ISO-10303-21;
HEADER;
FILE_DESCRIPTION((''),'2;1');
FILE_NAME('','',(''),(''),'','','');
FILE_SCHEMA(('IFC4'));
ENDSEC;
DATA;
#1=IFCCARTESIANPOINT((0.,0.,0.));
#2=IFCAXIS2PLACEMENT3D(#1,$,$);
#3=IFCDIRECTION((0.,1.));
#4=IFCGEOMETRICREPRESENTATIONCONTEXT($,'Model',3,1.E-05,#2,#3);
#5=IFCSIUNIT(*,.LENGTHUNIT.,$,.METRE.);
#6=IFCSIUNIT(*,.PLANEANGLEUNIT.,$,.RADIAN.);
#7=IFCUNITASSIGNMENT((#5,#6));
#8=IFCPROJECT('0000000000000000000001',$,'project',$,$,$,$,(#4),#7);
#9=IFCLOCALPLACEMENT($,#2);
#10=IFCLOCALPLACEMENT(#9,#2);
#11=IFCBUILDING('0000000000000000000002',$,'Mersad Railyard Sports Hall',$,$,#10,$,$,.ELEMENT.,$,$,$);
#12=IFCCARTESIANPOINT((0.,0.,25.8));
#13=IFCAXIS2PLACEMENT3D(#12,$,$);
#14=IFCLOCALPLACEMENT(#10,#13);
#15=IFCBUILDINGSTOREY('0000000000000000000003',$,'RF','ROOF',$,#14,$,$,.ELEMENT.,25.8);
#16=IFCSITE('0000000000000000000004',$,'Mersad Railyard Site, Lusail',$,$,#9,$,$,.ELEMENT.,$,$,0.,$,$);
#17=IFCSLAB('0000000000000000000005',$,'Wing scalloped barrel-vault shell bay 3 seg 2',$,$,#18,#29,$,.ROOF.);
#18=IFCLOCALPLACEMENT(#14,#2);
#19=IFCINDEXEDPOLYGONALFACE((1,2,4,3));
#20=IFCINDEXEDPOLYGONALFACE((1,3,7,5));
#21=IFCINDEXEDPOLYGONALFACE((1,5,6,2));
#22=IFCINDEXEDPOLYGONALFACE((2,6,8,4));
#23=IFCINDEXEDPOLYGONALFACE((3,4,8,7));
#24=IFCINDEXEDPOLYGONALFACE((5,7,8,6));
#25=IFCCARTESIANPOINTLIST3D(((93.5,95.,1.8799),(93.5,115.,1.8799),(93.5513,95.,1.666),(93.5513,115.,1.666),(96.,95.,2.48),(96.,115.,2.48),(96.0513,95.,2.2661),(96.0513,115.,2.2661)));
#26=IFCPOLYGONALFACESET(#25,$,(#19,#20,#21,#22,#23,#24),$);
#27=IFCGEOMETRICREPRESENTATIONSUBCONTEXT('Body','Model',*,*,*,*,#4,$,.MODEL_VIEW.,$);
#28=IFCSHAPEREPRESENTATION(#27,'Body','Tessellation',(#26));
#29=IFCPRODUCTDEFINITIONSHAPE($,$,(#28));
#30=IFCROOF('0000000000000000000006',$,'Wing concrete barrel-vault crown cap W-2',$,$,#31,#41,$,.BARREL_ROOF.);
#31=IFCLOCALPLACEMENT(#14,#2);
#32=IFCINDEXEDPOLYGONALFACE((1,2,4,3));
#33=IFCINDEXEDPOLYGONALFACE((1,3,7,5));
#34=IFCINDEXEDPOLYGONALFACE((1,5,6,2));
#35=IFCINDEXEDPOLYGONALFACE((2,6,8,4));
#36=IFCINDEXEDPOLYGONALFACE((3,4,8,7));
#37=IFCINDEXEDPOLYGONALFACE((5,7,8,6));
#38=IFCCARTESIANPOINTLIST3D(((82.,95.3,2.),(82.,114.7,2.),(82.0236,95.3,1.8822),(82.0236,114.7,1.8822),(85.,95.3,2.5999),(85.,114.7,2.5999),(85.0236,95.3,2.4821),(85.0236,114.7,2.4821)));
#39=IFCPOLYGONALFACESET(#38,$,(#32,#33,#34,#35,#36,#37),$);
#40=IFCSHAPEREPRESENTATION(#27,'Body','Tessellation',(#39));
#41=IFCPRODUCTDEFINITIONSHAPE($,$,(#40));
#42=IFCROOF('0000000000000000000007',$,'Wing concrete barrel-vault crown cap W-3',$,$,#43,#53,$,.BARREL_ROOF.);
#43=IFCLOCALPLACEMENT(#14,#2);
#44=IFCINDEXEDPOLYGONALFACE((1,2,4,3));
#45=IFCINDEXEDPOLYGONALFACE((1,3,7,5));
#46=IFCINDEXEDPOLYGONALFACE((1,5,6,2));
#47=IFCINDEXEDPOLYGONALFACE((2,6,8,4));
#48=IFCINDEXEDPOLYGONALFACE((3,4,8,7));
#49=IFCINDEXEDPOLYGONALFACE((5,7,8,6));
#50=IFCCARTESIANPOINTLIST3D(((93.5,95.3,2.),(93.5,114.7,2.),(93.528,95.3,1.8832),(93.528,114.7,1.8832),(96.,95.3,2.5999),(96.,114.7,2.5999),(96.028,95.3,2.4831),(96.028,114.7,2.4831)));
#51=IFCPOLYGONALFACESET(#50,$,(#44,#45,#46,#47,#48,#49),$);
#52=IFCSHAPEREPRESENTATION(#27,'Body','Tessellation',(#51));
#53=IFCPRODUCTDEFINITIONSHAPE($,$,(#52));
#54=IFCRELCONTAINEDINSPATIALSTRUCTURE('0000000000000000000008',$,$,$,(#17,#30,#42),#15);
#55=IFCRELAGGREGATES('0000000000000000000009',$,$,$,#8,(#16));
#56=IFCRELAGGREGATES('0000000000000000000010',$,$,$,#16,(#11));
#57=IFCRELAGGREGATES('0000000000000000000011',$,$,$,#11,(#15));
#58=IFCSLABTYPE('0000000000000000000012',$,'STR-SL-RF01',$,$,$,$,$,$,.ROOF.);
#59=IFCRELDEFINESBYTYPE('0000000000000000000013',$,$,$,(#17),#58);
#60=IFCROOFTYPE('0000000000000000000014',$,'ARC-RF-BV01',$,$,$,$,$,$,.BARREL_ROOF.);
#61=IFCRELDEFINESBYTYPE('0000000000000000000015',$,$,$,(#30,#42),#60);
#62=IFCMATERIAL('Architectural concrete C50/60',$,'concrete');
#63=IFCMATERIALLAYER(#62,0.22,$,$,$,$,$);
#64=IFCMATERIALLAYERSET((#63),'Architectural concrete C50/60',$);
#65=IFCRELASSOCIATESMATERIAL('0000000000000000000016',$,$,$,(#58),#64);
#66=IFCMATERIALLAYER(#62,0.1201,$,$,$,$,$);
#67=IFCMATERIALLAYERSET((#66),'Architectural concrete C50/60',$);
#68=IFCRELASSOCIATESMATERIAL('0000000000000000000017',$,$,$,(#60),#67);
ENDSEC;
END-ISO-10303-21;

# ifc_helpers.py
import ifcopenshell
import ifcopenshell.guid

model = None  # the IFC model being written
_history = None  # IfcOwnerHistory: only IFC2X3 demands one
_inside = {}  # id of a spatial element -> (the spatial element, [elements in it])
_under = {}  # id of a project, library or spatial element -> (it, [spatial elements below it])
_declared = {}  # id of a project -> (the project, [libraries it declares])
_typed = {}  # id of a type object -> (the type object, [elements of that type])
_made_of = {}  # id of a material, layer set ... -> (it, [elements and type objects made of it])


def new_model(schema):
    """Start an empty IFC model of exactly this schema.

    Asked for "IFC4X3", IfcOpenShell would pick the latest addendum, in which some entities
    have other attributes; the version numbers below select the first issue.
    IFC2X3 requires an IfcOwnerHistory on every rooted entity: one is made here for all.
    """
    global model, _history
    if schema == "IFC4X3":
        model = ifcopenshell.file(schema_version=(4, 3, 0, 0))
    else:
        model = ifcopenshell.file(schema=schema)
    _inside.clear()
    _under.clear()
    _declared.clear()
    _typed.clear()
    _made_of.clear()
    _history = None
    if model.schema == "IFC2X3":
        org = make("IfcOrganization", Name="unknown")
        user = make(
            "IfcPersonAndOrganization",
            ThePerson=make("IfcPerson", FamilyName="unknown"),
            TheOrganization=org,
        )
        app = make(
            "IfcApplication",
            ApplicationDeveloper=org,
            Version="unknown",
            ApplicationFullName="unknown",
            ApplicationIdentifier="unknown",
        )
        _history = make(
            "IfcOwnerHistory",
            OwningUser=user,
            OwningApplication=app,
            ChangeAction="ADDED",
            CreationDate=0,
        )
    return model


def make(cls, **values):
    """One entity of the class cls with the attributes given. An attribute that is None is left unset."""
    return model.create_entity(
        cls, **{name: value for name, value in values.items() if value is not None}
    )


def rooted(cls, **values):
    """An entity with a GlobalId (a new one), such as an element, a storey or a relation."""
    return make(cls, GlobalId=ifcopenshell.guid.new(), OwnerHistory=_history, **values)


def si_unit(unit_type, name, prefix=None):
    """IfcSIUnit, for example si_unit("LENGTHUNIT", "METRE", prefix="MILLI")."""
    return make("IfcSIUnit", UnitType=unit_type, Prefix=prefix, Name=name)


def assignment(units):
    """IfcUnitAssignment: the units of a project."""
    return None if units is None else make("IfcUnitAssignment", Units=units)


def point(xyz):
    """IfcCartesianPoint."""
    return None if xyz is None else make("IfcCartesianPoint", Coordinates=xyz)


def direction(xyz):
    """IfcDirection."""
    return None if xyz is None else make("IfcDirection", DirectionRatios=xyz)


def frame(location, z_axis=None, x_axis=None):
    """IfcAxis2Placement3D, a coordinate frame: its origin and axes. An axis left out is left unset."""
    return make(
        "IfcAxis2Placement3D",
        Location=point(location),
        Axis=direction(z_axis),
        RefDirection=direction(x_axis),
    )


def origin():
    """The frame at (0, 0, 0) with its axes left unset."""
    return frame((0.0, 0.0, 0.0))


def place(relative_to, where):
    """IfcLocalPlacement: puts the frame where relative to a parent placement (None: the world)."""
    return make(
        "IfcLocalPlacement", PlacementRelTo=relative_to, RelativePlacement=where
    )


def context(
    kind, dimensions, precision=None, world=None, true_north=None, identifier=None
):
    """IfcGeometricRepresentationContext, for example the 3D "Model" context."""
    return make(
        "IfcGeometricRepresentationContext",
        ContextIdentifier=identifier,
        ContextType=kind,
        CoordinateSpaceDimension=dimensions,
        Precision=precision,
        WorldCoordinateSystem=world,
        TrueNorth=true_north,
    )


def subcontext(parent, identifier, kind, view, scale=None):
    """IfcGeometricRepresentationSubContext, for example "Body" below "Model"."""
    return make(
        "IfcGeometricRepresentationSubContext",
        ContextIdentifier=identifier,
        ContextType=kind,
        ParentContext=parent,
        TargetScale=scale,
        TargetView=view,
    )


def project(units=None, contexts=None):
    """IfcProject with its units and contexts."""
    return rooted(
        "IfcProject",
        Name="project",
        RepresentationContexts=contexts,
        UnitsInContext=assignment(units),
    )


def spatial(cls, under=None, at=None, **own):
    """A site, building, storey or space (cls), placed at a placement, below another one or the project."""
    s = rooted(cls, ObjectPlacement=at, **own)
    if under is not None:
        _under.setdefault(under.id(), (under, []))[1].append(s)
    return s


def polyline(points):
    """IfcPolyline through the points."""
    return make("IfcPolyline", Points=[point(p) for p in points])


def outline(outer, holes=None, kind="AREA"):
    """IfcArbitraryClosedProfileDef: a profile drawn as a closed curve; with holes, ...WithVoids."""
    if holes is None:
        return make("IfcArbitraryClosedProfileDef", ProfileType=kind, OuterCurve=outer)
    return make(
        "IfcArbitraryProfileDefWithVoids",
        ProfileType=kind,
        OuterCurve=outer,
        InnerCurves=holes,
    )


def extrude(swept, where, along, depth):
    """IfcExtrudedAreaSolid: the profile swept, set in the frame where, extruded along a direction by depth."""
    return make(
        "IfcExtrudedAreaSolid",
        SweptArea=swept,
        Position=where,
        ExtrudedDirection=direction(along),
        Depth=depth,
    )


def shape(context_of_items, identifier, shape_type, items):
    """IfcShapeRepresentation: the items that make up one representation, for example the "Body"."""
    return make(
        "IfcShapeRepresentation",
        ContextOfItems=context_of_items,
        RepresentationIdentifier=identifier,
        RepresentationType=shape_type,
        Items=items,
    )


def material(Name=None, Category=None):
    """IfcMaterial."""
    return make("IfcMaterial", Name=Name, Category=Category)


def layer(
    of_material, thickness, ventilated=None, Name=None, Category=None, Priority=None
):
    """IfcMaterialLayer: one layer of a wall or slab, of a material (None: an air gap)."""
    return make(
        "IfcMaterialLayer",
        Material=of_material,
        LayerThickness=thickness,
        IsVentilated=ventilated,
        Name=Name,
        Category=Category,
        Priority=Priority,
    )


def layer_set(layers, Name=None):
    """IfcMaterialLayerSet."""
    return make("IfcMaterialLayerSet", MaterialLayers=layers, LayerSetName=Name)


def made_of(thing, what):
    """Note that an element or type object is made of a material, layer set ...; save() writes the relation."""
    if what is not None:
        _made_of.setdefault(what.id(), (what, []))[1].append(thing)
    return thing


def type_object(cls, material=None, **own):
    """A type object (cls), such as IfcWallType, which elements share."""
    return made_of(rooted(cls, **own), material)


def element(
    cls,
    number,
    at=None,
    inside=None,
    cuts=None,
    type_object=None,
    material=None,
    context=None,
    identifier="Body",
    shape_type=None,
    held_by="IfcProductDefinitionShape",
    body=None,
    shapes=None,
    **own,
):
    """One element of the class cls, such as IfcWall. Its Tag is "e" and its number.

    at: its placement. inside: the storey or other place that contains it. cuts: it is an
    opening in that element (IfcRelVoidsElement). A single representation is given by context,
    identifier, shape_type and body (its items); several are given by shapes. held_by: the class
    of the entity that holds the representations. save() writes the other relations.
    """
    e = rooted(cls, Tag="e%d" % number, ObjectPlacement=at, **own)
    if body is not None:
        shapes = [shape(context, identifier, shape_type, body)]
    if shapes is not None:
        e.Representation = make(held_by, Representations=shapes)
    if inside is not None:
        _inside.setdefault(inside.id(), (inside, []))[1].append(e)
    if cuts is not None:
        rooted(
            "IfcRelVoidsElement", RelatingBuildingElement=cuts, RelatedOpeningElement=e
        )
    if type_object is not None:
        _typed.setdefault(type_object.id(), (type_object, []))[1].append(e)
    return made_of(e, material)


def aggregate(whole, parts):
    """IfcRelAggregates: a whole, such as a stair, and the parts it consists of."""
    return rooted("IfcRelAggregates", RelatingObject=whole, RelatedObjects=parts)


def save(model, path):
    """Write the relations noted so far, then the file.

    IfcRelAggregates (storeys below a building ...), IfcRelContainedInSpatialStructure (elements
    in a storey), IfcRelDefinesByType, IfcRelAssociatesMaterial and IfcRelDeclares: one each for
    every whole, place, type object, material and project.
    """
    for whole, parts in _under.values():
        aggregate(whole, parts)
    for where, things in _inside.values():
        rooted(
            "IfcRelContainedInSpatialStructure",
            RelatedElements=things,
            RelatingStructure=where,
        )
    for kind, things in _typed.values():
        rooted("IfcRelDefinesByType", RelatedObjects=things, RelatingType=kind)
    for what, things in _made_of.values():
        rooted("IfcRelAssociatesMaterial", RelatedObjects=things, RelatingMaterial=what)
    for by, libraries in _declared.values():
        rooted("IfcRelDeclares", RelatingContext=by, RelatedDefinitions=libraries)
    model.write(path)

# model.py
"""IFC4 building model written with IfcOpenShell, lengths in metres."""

from ifc_helpers import new_model, si_unit, direction, frame, origin, place, context, subcontext, project, spatial, polyline, outline, extrude, material, layer, layer_set, type_object, element, save


model = new_model("IFC4")

# Units and contexts
model_context = context("Model", 3, precision=1e-05, world=origin(), true_north=direction((0.0, 1.0)))
body_context = subcontext(model_context, "Body", "Model", "MODEL_VIEW")
ifc_project = project(units=[si_unit("LENGTHUNIT", "METRE"), si_unit("PLANEANGLEUNIT", "RADIAN")], contexts=[model_context])

# Site, building, storey
site_placement = place(None, origin())
site = spatial("IfcSite", under=ifc_project, at=site_placement, Name="Mersad Railyard Site, Lusail", CompositionType="ELEMENT", RefElevation=0.0)
building_placement = place(site_placement, origin())
building = spatial("IfcBuilding", under=site, at=building_placement, Name="Mersad Railyard Sports Hall", CompositionType="ELEMENT")
storey_placement = place(building_placement, frame((0.0, 0.0, 25.8)))
storey = spatial("IfcBuildingStorey", under=building, at=storey_placement, Name="RF", Description="ROOF", CompositionType="ELEMENT", Elevation=25.8)

# Shared definitions
ifc_material_1 = material(Name="Architectural concrete C50/60", Category="concrete")

# Slab
ifc_layer_1 = layer(ifc_material_1, 0.22)
ifc_layer_set_1 = layer_set([ifc_layer_1], Name="Architectural concrete C50/60")
slab_type = type_object("IfcSlabType", Name="STR-SL-RF01", PredefinedType="ROOF", material=ifc_layer_set_1)
slab_1_placement = place(storey_placement, frame((93.5, 95.0, 1.8799), z_axis=(-0.233409, 0.0, 0.972379), x_axis=(0.972379, 0.0, 0.233409)))
element("IfcSlab", 1, at=slab_1_placement, inside=storey, type_object=slab_type, Name="Wing scalloped barrel-vault shell bay 3 seg 2", PredefinedType="ROOF", context=body_context, shape_type="SweptSolid", body=[
    extrude(outline(polyline([(0.0, 0.0), (2.571, 0.0), (2.571, 20.0), (0.0, 20.0), (0.0, 0.0)])), origin(), (0.0, 0.0, -1.0), 0.22),
])

# Roofs
ifc_layer_2 = layer(ifc_material_1, 0.1201)
ifc_layer_set_2 = layer_set([ifc_layer_2], Name="Architectural concrete C50/60")
roof_type = type_object("IfcRoofType", Name="ARC-RF-BV01", PredefinedType="BARREL_ROOF", material=ifc_layer_set_2)
roof_1_placement = place(storey_placement, frame((82.0, 95.3, 2.0), z_axis=(-0.19607, 0.0, 0.98059), x_axis=(0.98059, 0.0, 0.19607)))
element("IfcRoof", 2, at=roof_1_placement, inside=storey, type_object=roof_type, Name="Wing concrete barrel-vault crown cap W-2", PredefinedType="BARREL_ROOF", context=body_context, shape_type="SweptSolid", body=[
    extrude(outline(polyline([(0.0, 0.0), (3.0594, 0.0), (3.0594, 19.3999), (0.0, 19.3999), (0.0, 0.0)])), origin(), (0.0, 0.0, -1.0), 0.1201),
])
roof_2_placement = place(storey_placement, frame((93.5, 95.3, 2.0), z_axis=(-0.233319, 0.0, 0.9724), x_axis=(0.9724, 0.0, 0.233319)))
element("IfcRoof", 3, at=roof_2_placement, inside=storey, type_object=roof_type, Name="Wing concrete barrel-vault crown cap W-3", PredefinedType="BARREL_ROOF", context=body_context, shape_type="SweptSolid", body=[
    extrude(outline(polyline([(0.0, 0.0), (2.571, 0.0), (2.571, 19.3999), (0.0, 19.3999), (0.0, 0.0)])), origin(), (0.0, 0.0, -1.0), 0.1201),
])

save(model, "model.ifc")
